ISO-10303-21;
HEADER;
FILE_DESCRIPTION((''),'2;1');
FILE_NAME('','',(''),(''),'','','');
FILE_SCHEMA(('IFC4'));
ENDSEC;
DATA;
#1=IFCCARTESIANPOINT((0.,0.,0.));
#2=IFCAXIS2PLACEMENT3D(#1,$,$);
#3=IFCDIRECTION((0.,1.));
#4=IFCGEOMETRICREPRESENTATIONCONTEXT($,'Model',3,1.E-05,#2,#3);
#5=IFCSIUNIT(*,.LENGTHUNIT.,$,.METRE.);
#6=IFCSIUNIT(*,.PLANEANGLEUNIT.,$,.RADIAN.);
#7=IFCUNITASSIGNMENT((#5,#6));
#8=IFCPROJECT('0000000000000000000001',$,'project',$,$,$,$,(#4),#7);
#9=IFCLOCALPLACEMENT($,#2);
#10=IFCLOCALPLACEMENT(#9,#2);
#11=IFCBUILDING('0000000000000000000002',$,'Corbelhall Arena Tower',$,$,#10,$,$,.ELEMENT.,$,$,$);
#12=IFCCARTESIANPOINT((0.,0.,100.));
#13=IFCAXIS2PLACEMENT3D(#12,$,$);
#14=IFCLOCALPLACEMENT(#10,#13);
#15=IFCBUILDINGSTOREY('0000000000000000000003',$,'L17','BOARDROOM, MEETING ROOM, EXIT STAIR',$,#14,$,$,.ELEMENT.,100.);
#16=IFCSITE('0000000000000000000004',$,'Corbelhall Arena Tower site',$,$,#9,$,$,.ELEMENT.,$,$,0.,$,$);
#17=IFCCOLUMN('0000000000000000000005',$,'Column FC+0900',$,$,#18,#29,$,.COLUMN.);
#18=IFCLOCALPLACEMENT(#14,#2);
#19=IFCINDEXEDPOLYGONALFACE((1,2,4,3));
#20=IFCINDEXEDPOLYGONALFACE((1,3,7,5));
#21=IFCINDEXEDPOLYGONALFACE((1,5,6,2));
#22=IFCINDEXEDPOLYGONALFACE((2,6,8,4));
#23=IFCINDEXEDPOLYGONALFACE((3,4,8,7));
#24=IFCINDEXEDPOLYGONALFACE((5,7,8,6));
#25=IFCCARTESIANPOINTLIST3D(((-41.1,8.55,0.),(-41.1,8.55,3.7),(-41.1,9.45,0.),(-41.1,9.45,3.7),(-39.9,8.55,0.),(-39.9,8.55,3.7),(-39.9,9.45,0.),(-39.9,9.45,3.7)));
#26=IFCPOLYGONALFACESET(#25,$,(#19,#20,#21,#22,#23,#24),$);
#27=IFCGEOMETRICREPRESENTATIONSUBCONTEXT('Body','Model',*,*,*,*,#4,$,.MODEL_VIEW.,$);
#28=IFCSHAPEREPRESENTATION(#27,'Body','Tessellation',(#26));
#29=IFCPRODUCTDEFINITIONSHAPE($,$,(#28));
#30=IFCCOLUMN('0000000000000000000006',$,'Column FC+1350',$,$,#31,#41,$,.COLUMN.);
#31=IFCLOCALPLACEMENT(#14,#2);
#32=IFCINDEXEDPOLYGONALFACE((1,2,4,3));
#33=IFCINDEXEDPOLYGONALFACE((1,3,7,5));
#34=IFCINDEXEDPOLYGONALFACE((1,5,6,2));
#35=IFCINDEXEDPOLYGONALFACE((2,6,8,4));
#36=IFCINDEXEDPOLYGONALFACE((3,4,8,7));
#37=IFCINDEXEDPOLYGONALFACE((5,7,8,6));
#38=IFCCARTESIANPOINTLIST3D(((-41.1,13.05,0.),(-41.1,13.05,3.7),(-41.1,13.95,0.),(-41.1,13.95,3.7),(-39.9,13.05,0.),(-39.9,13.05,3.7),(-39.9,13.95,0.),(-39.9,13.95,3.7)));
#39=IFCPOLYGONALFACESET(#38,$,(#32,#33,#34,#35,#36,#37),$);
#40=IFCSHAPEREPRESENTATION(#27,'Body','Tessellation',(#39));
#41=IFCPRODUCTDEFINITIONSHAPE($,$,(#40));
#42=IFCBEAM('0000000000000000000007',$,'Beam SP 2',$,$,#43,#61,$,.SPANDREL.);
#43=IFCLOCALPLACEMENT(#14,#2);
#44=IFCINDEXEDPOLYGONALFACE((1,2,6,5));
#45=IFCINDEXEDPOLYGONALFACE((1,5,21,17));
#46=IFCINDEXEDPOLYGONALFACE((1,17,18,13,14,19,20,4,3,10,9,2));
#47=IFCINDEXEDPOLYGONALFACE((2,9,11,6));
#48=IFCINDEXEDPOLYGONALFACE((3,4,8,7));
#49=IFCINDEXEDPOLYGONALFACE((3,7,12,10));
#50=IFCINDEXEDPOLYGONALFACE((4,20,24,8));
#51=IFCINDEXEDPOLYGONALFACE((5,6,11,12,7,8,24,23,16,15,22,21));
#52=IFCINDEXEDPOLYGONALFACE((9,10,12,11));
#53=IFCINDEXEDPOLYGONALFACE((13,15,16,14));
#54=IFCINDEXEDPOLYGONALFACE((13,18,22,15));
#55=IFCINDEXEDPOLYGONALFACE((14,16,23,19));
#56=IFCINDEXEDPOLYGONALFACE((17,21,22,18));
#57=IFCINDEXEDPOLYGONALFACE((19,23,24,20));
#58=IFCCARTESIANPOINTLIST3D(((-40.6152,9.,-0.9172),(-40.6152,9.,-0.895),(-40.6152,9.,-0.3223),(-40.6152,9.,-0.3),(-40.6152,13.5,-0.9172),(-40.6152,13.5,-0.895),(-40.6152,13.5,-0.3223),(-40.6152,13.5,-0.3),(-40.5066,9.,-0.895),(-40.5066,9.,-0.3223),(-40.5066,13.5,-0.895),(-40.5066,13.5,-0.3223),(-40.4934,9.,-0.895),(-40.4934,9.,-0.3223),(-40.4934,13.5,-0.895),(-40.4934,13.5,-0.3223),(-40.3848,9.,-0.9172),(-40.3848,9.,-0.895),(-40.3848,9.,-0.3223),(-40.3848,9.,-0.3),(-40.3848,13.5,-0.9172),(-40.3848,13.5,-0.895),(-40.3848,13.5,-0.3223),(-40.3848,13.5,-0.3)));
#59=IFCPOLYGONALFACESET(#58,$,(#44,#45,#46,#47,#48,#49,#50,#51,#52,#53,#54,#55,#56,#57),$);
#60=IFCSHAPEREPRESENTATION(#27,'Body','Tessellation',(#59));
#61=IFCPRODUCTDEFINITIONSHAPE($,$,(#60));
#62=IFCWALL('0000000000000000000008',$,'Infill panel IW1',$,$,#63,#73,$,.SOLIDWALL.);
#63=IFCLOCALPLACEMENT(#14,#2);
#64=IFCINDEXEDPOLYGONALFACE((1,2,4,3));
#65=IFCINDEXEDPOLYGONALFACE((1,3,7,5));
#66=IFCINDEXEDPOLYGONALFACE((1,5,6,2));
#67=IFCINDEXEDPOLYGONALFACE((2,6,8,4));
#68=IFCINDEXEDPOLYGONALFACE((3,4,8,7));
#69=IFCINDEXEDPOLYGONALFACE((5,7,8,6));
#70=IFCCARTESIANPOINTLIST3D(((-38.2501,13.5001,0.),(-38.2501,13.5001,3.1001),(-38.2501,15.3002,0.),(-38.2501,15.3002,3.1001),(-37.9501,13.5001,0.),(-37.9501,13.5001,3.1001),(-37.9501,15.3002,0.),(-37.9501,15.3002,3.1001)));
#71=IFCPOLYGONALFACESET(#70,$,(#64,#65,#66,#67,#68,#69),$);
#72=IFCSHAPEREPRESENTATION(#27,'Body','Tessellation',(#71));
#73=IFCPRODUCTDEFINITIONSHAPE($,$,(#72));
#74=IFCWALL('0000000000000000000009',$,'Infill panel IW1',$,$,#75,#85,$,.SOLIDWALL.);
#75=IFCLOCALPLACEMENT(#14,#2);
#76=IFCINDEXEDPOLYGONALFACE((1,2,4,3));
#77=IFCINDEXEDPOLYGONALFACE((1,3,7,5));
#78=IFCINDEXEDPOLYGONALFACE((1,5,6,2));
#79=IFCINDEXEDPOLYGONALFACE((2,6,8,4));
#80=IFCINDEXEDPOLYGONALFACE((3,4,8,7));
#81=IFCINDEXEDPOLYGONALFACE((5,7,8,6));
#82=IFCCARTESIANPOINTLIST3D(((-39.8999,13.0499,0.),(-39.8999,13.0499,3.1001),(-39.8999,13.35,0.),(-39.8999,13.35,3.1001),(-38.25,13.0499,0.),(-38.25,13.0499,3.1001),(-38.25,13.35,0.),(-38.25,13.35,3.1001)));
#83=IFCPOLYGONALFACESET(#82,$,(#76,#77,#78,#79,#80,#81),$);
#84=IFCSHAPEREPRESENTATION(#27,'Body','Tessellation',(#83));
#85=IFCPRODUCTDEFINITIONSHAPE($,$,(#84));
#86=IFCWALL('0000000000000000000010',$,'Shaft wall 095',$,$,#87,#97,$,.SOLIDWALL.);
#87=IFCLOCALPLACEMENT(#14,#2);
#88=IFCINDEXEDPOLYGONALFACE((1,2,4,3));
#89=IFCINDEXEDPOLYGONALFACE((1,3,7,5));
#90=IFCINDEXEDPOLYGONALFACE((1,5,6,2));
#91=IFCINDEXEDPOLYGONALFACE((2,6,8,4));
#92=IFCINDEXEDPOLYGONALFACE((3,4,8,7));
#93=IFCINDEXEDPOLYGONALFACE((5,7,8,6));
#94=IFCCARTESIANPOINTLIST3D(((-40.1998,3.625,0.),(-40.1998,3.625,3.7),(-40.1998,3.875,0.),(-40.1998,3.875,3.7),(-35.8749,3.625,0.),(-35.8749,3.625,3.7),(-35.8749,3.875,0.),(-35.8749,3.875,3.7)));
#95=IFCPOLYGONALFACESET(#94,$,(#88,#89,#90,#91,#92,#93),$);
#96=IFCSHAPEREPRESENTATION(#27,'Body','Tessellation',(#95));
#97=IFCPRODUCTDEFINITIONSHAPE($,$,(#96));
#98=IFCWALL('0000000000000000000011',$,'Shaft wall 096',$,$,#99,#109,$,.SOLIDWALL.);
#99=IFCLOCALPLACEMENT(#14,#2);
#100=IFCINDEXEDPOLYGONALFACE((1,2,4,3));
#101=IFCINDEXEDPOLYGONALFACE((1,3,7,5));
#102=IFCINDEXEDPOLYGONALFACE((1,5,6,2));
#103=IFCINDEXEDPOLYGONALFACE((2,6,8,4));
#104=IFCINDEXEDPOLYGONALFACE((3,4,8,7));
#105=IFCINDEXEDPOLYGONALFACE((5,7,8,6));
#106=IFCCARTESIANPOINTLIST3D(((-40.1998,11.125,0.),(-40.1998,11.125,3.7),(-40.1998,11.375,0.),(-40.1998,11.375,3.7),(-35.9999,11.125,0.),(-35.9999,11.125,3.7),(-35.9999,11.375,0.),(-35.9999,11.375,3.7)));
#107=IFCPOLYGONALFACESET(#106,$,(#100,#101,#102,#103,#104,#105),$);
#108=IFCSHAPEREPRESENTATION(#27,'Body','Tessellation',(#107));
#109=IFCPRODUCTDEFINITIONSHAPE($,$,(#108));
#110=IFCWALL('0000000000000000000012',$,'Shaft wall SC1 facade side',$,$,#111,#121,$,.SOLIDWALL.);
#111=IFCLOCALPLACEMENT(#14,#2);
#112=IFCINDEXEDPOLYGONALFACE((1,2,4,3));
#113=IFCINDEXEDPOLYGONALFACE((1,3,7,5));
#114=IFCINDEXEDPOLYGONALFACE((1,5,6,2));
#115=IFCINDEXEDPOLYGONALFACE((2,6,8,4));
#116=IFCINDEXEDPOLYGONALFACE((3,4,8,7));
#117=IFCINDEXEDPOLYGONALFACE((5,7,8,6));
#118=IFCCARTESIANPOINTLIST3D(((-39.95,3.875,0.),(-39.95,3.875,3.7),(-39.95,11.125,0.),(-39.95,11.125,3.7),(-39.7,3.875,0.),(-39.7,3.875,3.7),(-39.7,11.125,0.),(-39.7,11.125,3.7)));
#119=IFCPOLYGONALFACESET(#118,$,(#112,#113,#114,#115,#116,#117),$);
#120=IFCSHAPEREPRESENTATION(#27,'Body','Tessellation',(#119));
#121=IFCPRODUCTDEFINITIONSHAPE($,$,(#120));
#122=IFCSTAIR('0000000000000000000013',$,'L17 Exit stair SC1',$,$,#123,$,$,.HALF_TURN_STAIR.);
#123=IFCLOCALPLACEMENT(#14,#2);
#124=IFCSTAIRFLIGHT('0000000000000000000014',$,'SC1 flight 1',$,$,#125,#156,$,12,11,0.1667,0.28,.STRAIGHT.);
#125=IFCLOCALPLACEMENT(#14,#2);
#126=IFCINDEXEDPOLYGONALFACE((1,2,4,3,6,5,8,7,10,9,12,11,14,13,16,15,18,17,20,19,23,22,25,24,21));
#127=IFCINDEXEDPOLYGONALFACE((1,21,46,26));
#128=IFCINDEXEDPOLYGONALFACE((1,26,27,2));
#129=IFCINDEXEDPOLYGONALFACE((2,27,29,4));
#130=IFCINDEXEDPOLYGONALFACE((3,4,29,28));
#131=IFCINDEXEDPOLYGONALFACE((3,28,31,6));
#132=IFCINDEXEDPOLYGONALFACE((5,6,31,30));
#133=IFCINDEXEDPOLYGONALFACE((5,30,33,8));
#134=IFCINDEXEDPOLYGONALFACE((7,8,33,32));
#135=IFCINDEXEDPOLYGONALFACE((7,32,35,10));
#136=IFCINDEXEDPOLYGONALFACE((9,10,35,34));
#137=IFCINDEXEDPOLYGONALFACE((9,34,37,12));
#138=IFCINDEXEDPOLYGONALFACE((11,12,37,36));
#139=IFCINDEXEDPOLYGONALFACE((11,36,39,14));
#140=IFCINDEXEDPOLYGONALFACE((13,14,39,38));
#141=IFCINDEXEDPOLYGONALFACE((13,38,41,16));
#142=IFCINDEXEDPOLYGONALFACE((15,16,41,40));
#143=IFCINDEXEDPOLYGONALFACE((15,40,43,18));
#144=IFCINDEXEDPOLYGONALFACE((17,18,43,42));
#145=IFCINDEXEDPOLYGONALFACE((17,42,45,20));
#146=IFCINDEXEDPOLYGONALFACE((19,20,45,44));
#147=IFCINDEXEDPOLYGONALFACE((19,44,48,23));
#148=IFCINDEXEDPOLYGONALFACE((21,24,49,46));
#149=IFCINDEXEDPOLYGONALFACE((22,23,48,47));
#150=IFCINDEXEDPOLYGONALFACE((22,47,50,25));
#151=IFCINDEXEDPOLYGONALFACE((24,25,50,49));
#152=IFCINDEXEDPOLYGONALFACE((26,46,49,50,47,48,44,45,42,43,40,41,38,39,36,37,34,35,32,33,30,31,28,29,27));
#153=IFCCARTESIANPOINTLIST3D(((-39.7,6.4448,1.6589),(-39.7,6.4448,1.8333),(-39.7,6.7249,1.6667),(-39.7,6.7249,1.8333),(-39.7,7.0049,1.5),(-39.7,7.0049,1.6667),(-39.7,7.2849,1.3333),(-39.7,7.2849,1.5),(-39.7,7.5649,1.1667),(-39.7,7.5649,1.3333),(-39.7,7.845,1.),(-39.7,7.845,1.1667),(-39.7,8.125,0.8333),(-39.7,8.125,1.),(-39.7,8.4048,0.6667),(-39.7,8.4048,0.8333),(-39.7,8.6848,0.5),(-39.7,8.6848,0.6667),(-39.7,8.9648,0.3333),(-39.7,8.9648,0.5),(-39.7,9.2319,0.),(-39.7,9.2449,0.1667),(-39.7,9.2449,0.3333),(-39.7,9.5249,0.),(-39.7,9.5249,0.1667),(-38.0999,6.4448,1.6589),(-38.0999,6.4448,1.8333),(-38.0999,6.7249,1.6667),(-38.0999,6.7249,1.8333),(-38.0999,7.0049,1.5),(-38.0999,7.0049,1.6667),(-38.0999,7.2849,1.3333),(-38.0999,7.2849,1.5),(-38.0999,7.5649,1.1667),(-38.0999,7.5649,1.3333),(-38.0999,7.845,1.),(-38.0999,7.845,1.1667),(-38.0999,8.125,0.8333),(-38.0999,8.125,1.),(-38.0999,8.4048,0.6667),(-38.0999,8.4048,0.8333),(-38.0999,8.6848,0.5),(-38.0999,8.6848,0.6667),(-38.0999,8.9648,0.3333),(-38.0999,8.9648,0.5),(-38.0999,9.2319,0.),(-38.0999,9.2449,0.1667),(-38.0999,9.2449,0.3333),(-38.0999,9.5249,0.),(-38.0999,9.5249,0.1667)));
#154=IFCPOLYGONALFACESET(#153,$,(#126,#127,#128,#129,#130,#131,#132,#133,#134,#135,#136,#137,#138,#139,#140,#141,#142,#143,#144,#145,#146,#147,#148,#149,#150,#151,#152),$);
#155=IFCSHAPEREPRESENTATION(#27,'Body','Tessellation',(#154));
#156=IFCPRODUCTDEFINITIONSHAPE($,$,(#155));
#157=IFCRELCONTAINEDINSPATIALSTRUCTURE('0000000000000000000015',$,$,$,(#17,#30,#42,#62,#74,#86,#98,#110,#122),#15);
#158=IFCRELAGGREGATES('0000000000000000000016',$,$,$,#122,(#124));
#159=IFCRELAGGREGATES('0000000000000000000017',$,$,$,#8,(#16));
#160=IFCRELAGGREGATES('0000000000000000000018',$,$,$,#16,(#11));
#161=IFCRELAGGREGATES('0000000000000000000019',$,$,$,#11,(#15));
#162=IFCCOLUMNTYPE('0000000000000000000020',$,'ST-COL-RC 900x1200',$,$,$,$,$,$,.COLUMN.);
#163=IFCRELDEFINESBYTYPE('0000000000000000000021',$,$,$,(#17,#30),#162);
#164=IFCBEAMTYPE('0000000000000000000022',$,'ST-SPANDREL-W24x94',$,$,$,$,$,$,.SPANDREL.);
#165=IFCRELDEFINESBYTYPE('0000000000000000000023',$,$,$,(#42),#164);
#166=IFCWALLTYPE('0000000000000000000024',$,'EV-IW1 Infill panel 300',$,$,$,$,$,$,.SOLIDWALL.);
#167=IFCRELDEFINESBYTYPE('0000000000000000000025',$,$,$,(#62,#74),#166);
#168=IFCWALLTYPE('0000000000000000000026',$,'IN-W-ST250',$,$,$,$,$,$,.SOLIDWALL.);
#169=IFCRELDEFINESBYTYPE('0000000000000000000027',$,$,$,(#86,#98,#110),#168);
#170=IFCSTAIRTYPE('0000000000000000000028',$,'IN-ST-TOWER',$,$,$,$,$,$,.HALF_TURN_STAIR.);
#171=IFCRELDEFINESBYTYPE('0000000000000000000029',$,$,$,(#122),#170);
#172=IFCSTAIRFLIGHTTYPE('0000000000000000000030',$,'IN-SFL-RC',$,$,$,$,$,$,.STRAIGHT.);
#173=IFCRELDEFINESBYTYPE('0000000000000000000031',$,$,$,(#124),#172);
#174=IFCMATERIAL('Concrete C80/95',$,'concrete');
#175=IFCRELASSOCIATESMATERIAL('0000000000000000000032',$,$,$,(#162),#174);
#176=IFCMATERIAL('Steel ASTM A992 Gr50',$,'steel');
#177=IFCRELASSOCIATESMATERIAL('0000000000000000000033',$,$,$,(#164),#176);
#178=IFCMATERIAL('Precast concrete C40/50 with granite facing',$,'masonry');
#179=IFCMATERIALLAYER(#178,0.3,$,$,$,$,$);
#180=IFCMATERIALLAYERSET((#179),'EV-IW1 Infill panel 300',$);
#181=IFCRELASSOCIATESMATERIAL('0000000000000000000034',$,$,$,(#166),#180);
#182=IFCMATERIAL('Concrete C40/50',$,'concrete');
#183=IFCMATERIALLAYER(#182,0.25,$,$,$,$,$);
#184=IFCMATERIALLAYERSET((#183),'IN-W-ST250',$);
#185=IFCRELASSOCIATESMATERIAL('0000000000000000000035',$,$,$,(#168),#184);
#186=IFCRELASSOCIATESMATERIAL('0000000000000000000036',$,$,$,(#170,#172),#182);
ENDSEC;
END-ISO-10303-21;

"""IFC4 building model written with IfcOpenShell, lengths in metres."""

from ifc_helpers import new_model, si_unit, direction, frame, frame_2d, origin, origin_2d, place, context, subcontext, project, spatial, polyline, rectangle, i_section, outline, extrude, material, layer, layer_set, material_profile, profile_set, type_object, element, aggregate, save


model = new_model("IFC4")

# Units and contexts
model_context = context("Model", 3, precision=1e-05, world=origin(), true_north=direction((0.0, 1.0)))
body_context = subcontext(model_context, "Body", "Model", "MODEL_VIEW")
ifc_project = project(units=[si_unit("LENGTHUNIT", "METRE"), si_unit("PLANEANGLEUNIT", "RADIAN")], contexts=[model_context])

# Site, building, storey
site_placement = place(None, origin())
site = spatial("IfcSite", under=ifc_project, at=site_placement, Name="Corbelhall Arena Tower site", CompositionType="ELEMENT", RefElevation=0.0)
building_placement = place(site_placement, origin())
building = spatial("IfcBuilding", under=site, at=building_placement, Name="Corbelhall Arena Tower", CompositionType="ELEMENT")
storey_placement = place(building_placement, frame((0.0, 0.0, 100.0)))
storey = spatial("IfcBuildingStorey", under=building, at=storey_placement, Name="L17", Description="BOARDROOM, MEETING ROOM, EXIT STAIR", CompositionType="ELEMENT", Elevation=100.0)

# Columns
ifc_material_1 = material(Name="Concrete C80/95", Category="concrete")
ifc_material_profile_1 = material_profile(ifc_material_1, rectangle(XDim=0.8999, YDim=1.2, at=origin_2d()))
ifc_profile_set_1 = profile_set([ifc_material_profile_1], Name="Concrete C80/95")
column_type = type_object("IfcColumnType", Name="ST-COL-RC 900x1200", PredefinedType="COLUMN", material=ifc_profile_set_1)
for number, where, z_axis, x_axis, name in (
    (1, (-40.5, 9.0, 0.0), (0.0, 0.0, 1.0), (0.0, 1.0, 0.0), "Column FC+0900"),
    (2, (-40.5, 13.5, 0.0), (0.0, 0.0, 1.0), (0.0, 1.0, 0.0), "Column FC+1350"),
):
    element("IfcColumn", number, at=place(storey_placement, frame(where, z_axis=z_axis, x_axis=x_axis)), inside=storey, type_object=column_type, Name=name, PredefinedType="COLUMN", context=body_context, shape_type="SweptSolid", body=[
        extrude(rectangle(XDim=0.8999, YDim=1.2, at=origin_2d()), origin(), (0.0, 0.0, 1.0), 3.7),
    ])

# Beam
ifc_material_2 = material(Name="Steel ASTM A992 Gr50", Category="steel")
ifc_material_profile_2 = material_profile(ifc_material_2, i_section(OverallWidth=0.2305, OverallDepth=0.6172, WebThickness=0.0132, FlangeThickness=0.0222, at=origin_2d()))
ifc_profile_set_2 = profile_set([ifc_material_profile_2], Name="Steel ASTM A992 Gr50")
beam_type = type_object("IfcBeamType", Name="ST-SPANDREL-W24x94", PredefinedType="SPANDREL", material=ifc_profile_set_2)
beam_placement = place(storey_placement, frame((-40.5, 9.0, -0.6086), z_axis=(0.0, 1.0, 0.0), x_axis=(-1.0, 0.0, 0.0)))
element("IfcBeam", 3, at=beam_placement, inside=storey, type_object=beam_type, Name="Beam SP 2", PredefinedType="SPANDREL", context=body_context, shape_type="SweptSolid", body=[
    extrude(i_section(OverallWidth=0.2305, OverallDepth=0.6172, WebThickness=0.0132, FlangeThickness=0.0222, at=origin_2d()), origin(), (0.0, 0.0, 1.0), 4.5),
])

# Walls
ifc_material_3 = material(Name="Precast concrete C40/50 with granite facing", Category="masonry")
ifc_layer_1 = layer(ifc_material_3, 0.3)
ifc_layer_set_1 = layer_set([ifc_layer_1], Name="EV-IW1 Infill panel 300")
wall_type_1 = type_object("IfcWallType", Name="EV-IW1 Infill panel 300", PredefinedType="SOLIDWALL", material=ifc_layer_set_1)
wall_1_placement = place(storey_placement, frame((-38.1001, 15.3, 0.0), z_axis=(0.0, 0.0, 1.0), x_axis=(0.0, -1.0, 0.0)))
element("IfcWall", 4, at=wall_1_placement, inside=storey, type_object=wall_type_1, Name="Infill panel IW1", PredefinedType="SOLIDWALL", context=body_context, shape_type="SweptSolid", body=[
    extrude(rectangle(XDim=1.8, YDim=0.3, at=frame_2d((0.8999, 0.0))), origin(), (0.0, 0.0, 1.0), 3.1001),
])
wall_2_placement = place(storey_placement, frame((-39.8999, 13.2, 0.0), z_axis=(0.0, 0.0, 1.0), x_axis=(1.0, 0.0, 0.0)))
element("IfcWall", 5, at=wall_2_placement, inside=storey, type_object=wall_type_1, Name="Infill panel IW1", PredefinedType="SOLIDWALL", context=body_context, shape_type="SweptSolid", body=[
    extrude(rectangle(XDim=1.6499, YDim=0.3, at=frame_2d((0.825, 0.0))), origin(), (0.0, 0.0, 1.0), 3.1001),
])

# Walls
ifc_material_4 = material(Name="Concrete C40/50", Category="concrete")
ifc_layer_2 = layer(ifc_material_4, 0.25)
ifc_layer_set_2 = layer_set([ifc_layer_2], Name="IN-W-ST250")
wall_type_2 = type_object("IfcWallType", Name="IN-W-ST250", PredefinedType="SOLIDWALL", material=ifc_layer_set_2)
wall_3_placement = place(storey_placement, frame((-40.2, 3.75, 0.0), z_axis=(0.0, 0.0, 1.0), x_axis=(1.0, 0.0, 0.0)))
element("IfcWall", 6, at=wall_3_placement, inside=storey, type_object=wall_type_2, Name="Shaft wall 095", PredefinedType="SOLIDWALL", context=body_context, shape_type="SweptSolid", body=[
    extrude(rectangle(XDim=4.325, YDim=0.25, at=frame_2d((2.1626, 0.0))), origin(), (0.0, 0.0, 1.0), 3.7),
])
wall_4_placement = place(storey_placement, frame((-40.2, 11.25, 0.0), z_axis=(0.0, 0.0, 1.0), x_axis=(1.0, 0.0, 0.0)))
element("IfcWall", 7, at=wall_4_placement, inside=storey, type_object=wall_type_2, Name="Shaft wall 096", PredefinedType="SOLIDWALL", context=body_context, shape_type="SweptSolid", body=[
    extrude(rectangle(XDim=4.2, YDim=0.25, at=frame_2d((2.1001, 0.0))), origin(), (0.0, 0.0, 1.0), 3.7),
])
wall_5_placement = place(storey_placement, frame((-39.825, 3.875, 0.0), z_axis=(0.0, 0.0, 1.0), x_axis=(0.0, 1.0, 0.0)))
element("IfcWall", 8, at=wall_5_placement, inside=storey, type_object=wall_type_2, Name="Shaft wall SC1 facade side", PredefinedType="SOLIDWALL", context=body_context, shape_type="SweptSolid", body=[
    extrude(rectangle(XDim=7.25, YDim=0.25, at=frame_2d((3.625, 0.0))), origin(), (0.0, 0.0, 1.0), 3.7),
])

# Stair, stair flight
stair_type = type_object("IfcStairType", Name="IN-ST-TOWER", PredefinedType="HALF_TURN_STAIR", material=ifc_material_4)
stair_placement = place(storey_placement, origin())
stair = element("IfcStair", 9, at=stair_placement, inside=storey, type_object=stair_type, Name="L17 Exit stair SC1", PredefinedType="HALF_TURN_STAIR")
stair_flight_type = type_object("IfcStairFlightType", Name="IN-SFL-RC", PredefinedType="STRAIGHT", material=ifc_material_4)
stair_flight_1_placement = place(storey_placement, frame((-38.8999, 9.5249, 0.0), z_axis=(0.0, 0.0, 1.0), x_axis=(0.0, -1.0, 0.0)))
stair_flight_1 = element("IfcStairFlight", 10, at=stair_flight_1_placement, type_object=stair_flight_type, Name="SC1 flight 1", NumberOfRisers=12, NumberOfTreads=11, PredefinedType="STRAIGHT", RiserHeight=0.1667, TreadLength=0.28, context=body_context, shape_type="SweptSolid", body=[
    extrude(outline(polyline([(0.0, 0.0), (0.0, 0.1667), (0.28, 0.1667), (0.28, 0.3333), (0.5601, 0.3333), (0.5601, 0.5), (0.8401, 0.5), (0.8401, 0.6667), (1.1201, 0.6667), (1.1201, 0.8333), (1.3999, 0.8333), (1.3999, 1.0), (1.6799, 1.0), (1.6799, 1.1667), (1.96, 1.1667), (1.96, 1.3333), (2.24, 1.3333), (2.24, 1.5), (2.52, 1.5), (2.52, 1.6667), (2.8, 1.6667), (2.8, 1.8333), (3.0801, 1.8333), (3.0801, 2.0), (3.0801, 1.6589), (0.293, 0.0), (0.0, 0.0)])), frame((0.0, 0.8, 0.0), z_axis=(0.0, -1.0, 0.0), x_axis=(1.0, 0.0, 0.0)), (0.0, 0.0, 1.0), 1.6001),
])
aggregate(stair, [stair_flight_1])

save(model, "model.ifc")
